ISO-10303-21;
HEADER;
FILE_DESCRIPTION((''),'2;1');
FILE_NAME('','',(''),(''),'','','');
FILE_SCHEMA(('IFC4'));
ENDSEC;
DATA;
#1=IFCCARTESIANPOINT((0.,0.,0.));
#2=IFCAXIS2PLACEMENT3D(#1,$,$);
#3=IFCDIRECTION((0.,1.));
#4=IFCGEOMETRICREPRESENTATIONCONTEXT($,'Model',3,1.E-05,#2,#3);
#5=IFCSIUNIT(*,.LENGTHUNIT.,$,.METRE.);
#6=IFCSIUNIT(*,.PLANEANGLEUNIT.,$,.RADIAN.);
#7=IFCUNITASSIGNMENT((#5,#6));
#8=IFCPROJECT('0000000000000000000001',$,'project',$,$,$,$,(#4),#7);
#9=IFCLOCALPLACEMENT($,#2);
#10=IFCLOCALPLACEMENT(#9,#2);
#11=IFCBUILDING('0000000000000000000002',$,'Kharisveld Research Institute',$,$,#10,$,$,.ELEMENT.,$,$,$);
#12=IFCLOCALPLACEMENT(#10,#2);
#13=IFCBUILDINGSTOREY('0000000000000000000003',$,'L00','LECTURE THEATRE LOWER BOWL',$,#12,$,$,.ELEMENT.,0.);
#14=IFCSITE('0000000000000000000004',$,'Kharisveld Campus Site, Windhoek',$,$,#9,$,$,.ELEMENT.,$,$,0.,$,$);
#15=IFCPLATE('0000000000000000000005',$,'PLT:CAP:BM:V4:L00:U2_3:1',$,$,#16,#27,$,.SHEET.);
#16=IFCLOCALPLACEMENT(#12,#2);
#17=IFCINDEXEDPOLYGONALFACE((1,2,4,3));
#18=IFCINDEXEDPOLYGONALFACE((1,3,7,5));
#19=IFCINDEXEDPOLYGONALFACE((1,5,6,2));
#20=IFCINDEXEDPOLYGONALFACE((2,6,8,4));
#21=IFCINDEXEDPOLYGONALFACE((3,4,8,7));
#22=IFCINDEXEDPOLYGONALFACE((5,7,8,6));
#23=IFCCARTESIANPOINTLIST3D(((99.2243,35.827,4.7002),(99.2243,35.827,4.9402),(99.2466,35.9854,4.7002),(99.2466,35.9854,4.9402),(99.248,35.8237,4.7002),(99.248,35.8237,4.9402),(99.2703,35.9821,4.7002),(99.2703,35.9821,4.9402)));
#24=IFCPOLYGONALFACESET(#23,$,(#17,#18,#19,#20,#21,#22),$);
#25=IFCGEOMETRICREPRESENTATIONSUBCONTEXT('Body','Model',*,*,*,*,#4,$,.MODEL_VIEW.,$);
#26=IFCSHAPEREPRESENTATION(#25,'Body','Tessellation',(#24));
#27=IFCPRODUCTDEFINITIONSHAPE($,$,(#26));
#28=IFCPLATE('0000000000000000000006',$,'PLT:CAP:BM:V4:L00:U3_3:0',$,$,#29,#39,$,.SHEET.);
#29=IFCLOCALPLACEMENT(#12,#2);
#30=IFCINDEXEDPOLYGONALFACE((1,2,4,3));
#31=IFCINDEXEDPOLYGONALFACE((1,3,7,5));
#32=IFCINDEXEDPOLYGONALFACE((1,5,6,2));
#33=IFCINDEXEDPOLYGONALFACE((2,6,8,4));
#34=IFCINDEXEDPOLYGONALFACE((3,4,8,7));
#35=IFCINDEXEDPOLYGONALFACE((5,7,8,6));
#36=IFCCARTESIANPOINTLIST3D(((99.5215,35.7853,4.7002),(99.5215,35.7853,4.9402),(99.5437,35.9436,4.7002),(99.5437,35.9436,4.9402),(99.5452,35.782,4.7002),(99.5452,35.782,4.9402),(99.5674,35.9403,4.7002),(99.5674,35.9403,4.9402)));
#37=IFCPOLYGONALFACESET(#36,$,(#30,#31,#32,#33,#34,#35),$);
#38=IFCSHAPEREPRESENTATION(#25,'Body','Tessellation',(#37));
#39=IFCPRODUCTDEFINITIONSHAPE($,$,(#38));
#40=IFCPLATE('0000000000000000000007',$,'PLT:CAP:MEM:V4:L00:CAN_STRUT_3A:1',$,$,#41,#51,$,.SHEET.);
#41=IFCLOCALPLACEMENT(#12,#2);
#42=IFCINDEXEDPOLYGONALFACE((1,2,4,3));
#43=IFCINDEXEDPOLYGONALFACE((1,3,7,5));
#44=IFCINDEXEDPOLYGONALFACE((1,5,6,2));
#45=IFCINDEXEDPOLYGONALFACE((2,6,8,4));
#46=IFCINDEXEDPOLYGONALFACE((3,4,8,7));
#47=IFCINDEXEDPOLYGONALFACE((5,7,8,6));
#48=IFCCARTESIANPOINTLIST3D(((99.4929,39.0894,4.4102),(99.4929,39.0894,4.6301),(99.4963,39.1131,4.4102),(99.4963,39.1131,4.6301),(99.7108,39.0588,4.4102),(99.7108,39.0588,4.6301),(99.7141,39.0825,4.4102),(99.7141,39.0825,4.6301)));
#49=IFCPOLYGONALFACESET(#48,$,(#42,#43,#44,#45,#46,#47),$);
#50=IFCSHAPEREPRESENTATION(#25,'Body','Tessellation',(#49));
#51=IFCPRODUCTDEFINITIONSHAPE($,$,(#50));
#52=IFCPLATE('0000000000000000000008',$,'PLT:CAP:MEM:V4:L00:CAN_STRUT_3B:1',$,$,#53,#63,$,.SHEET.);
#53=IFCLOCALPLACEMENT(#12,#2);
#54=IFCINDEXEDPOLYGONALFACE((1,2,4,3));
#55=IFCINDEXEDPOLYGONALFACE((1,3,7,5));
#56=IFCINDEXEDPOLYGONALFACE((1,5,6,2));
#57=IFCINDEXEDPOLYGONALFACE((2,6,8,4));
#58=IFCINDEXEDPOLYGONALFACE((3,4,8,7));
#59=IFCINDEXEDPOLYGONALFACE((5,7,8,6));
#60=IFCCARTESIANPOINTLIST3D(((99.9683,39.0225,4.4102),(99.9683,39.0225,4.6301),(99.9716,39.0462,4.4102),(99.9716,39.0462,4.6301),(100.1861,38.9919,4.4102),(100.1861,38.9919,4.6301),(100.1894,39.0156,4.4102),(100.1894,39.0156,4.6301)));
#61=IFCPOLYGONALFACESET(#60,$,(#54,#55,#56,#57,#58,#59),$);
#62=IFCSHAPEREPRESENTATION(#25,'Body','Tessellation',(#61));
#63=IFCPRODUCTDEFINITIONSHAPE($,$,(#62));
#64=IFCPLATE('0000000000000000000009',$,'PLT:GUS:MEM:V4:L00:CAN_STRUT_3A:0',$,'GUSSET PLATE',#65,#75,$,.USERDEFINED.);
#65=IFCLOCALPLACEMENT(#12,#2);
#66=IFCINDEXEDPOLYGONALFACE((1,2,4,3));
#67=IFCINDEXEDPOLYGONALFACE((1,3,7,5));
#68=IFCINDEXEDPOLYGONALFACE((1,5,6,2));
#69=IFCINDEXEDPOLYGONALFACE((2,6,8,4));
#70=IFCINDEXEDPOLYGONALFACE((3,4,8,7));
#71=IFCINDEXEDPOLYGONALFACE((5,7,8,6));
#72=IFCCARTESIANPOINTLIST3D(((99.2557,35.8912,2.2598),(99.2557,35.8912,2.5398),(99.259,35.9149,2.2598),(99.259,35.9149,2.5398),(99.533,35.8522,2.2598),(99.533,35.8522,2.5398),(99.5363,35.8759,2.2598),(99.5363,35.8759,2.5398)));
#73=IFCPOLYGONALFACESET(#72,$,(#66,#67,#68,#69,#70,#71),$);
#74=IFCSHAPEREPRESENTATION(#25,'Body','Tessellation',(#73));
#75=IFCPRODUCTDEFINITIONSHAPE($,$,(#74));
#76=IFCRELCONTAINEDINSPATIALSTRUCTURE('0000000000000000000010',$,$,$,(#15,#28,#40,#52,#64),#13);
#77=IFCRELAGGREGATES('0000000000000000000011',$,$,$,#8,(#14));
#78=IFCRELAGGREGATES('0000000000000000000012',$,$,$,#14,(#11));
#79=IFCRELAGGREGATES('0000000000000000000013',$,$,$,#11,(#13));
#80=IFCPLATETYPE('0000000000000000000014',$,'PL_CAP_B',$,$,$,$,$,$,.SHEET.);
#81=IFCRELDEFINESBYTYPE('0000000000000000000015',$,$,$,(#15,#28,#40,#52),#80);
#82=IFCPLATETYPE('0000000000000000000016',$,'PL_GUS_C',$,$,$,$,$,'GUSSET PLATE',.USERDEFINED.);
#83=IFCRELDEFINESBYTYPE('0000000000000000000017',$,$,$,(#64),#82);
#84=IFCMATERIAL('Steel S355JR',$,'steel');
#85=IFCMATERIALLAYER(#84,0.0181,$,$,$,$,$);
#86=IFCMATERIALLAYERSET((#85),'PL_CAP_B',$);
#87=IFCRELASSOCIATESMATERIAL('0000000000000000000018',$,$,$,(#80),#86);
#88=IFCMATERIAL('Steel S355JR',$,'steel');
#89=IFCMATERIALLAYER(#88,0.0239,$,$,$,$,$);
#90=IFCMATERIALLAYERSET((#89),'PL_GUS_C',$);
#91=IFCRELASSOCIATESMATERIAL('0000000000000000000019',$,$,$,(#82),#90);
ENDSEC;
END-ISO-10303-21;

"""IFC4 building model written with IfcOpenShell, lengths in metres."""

from ifc_helpers import new_model, si_unit, direction, frame, origin, origin_2d, place, context, subcontext, project, spatial, rectangle, extrude, material, layer, layer_set, type_object, element, save


model = new_model("IFC4")

# Units and contexts
model_context = context("Model", 3, precision=1e-05, world=origin(), true_north=direction((0.0, 1.0)))
body_context = subcontext(model_context, "Body", "Model", "MODEL_VIEW")
ifc_project = project(units=[si_unit("LENGTHUNIT", "METRE"), si_unit("PLANEANGLEUNIT", "RADIAN")], contexts=[model_context])

# Site, building, storey
site_placement = place(None, origin())
site = spatial("IfcSite", under=ifc_project, at=site_placement, Name="Kharisveld Campus Site, Windhoek", CompositionType="ELEMENT", RefElevation=0.0)
building_placement = place(site_placement, origin())
building = spatial("IfcBuilding", under=site, at=building_placement, Name="Kharisveld Research Institute", CompositionType="ELEMENT")
storey_placement = place(building_placement, origin())
storey = spatial("IfcBuildingStorey", under=building, at=storey_placement, Name="L00", Description="LECTURE THEATRE LOWER BOWL", CompositionType="ELEMENT", Elevation=0.0)

# Plates
ifc_material_1 = material(Name="Steel S355JR", Category="steel")
ifc_layer_1 = layer(ifc_material_1, 0.0181)
ifc_layer_set_1 = layer_set([ifc_layer_1], Name="PL_CAP_B")
plate_type_1 = type_object("IfcPlateType", Name="PL_CAP_B", PredefinedType="SHEET", material=ifc_layer_set_1)
for number, where, z_axis, x_axis, name in (
    (1, (99.2473, 35.9045, 4.7002), (0.0, 0.0, 1.0), (0.990268, -0.139173, 0.0), "PLT:CAP:BM:V4:L00:U2_3:1"),
    (2, (99.5444, 35.8628, 4.7002), (0.0, 0.0, 1.0), (0.990268, -0.139173, 0.0), "PLT:CAP:BM:V4:L00:U3_3:0"),
):
    element("IfcPlate", number, at=place(storey_placement, frame(where, z_axis=z_axis, x_axis=x_axis)), inside=storey, type_object=plate_type_1, Name=name, PredefinedType="SHEET", context=body_context, shape_type="SweptSolid", body=[
        extrude(rectangle(XDim=0.0239, YDim=0.1599, at=origin_2d()), origin(), (0.0, 0.0, 1.0), 0.24),
    ])
for number, where, z_axis, x_axis, name in (
    (3, (99.6035, 39.0859, 4.4102), (0.0, 0.0, 1.0), (0.990268, -0.139173, 0.0), "PLT:CAP:MEM:V4:L00:CAN_STRUT_3A:1"),
    (4, (100.0789, 39.019, 4.4102), (0.0, 0.0, 1.0), (0.990268, -0.139173, 0.0), "PLT:CAP:MEM:V4:L00:CAN_STRUT_3B:1"),
):
    element("IfcPlate", number, at=place(storey_placement, frame(where, z_axis=z_axis, x_axis=x_axis)), inside=storey, type_object=plate_type_1, Name=name, PredefinedType="SHEET", context=body_context, shape_type="SweptSolid", body=[
        extrude(rectangle(XDim=0.22, YDim=0.0239, at=origin_2d()), origin(), (0.0, 0.0, 1.0), 0.22),
    ])
ifc_material_2 = material(Name="Steel S355JR", Category="steel")
ifc_layer_2 = layer(ifc_material_2, 0.0239)
ifc_layer_set_2 = layer_set([ifc_layer_2], Name="PL_GUS_C")
plate_type_2 = type_object("IfcPlateType", Name="PL_GUS_C", ElementType="GUSSET PLATE", PredefinedType="USERDEFINED", material=ifc_layer_set_2)
plate_1_placement = place(storey_placement, frame((99.396, 35.8835, 2.2598), z_axis=(0.0, 0.0, 1.0), x_axis=(0.990268, -0.139173, 0.0)))
element("IfcPlate", 5, at=plate_1_placement, inside=storey, type_object=plate_type_2, Name="PLT:GUS:MEM:V4:L00:CAN_STRUT_3A:0", ObjectType="GUSSET PLATE", PredefinedType="USERDEFINED", context=body_context, shape_type="SweptSolid", body=[
    extrude(rectangle(XDim=0.28, YDim=0.0239, at=origin_2d()), origin(), (0.0, 0.0, 1.0), 0.28),
])

save(model, "model.ifc")
